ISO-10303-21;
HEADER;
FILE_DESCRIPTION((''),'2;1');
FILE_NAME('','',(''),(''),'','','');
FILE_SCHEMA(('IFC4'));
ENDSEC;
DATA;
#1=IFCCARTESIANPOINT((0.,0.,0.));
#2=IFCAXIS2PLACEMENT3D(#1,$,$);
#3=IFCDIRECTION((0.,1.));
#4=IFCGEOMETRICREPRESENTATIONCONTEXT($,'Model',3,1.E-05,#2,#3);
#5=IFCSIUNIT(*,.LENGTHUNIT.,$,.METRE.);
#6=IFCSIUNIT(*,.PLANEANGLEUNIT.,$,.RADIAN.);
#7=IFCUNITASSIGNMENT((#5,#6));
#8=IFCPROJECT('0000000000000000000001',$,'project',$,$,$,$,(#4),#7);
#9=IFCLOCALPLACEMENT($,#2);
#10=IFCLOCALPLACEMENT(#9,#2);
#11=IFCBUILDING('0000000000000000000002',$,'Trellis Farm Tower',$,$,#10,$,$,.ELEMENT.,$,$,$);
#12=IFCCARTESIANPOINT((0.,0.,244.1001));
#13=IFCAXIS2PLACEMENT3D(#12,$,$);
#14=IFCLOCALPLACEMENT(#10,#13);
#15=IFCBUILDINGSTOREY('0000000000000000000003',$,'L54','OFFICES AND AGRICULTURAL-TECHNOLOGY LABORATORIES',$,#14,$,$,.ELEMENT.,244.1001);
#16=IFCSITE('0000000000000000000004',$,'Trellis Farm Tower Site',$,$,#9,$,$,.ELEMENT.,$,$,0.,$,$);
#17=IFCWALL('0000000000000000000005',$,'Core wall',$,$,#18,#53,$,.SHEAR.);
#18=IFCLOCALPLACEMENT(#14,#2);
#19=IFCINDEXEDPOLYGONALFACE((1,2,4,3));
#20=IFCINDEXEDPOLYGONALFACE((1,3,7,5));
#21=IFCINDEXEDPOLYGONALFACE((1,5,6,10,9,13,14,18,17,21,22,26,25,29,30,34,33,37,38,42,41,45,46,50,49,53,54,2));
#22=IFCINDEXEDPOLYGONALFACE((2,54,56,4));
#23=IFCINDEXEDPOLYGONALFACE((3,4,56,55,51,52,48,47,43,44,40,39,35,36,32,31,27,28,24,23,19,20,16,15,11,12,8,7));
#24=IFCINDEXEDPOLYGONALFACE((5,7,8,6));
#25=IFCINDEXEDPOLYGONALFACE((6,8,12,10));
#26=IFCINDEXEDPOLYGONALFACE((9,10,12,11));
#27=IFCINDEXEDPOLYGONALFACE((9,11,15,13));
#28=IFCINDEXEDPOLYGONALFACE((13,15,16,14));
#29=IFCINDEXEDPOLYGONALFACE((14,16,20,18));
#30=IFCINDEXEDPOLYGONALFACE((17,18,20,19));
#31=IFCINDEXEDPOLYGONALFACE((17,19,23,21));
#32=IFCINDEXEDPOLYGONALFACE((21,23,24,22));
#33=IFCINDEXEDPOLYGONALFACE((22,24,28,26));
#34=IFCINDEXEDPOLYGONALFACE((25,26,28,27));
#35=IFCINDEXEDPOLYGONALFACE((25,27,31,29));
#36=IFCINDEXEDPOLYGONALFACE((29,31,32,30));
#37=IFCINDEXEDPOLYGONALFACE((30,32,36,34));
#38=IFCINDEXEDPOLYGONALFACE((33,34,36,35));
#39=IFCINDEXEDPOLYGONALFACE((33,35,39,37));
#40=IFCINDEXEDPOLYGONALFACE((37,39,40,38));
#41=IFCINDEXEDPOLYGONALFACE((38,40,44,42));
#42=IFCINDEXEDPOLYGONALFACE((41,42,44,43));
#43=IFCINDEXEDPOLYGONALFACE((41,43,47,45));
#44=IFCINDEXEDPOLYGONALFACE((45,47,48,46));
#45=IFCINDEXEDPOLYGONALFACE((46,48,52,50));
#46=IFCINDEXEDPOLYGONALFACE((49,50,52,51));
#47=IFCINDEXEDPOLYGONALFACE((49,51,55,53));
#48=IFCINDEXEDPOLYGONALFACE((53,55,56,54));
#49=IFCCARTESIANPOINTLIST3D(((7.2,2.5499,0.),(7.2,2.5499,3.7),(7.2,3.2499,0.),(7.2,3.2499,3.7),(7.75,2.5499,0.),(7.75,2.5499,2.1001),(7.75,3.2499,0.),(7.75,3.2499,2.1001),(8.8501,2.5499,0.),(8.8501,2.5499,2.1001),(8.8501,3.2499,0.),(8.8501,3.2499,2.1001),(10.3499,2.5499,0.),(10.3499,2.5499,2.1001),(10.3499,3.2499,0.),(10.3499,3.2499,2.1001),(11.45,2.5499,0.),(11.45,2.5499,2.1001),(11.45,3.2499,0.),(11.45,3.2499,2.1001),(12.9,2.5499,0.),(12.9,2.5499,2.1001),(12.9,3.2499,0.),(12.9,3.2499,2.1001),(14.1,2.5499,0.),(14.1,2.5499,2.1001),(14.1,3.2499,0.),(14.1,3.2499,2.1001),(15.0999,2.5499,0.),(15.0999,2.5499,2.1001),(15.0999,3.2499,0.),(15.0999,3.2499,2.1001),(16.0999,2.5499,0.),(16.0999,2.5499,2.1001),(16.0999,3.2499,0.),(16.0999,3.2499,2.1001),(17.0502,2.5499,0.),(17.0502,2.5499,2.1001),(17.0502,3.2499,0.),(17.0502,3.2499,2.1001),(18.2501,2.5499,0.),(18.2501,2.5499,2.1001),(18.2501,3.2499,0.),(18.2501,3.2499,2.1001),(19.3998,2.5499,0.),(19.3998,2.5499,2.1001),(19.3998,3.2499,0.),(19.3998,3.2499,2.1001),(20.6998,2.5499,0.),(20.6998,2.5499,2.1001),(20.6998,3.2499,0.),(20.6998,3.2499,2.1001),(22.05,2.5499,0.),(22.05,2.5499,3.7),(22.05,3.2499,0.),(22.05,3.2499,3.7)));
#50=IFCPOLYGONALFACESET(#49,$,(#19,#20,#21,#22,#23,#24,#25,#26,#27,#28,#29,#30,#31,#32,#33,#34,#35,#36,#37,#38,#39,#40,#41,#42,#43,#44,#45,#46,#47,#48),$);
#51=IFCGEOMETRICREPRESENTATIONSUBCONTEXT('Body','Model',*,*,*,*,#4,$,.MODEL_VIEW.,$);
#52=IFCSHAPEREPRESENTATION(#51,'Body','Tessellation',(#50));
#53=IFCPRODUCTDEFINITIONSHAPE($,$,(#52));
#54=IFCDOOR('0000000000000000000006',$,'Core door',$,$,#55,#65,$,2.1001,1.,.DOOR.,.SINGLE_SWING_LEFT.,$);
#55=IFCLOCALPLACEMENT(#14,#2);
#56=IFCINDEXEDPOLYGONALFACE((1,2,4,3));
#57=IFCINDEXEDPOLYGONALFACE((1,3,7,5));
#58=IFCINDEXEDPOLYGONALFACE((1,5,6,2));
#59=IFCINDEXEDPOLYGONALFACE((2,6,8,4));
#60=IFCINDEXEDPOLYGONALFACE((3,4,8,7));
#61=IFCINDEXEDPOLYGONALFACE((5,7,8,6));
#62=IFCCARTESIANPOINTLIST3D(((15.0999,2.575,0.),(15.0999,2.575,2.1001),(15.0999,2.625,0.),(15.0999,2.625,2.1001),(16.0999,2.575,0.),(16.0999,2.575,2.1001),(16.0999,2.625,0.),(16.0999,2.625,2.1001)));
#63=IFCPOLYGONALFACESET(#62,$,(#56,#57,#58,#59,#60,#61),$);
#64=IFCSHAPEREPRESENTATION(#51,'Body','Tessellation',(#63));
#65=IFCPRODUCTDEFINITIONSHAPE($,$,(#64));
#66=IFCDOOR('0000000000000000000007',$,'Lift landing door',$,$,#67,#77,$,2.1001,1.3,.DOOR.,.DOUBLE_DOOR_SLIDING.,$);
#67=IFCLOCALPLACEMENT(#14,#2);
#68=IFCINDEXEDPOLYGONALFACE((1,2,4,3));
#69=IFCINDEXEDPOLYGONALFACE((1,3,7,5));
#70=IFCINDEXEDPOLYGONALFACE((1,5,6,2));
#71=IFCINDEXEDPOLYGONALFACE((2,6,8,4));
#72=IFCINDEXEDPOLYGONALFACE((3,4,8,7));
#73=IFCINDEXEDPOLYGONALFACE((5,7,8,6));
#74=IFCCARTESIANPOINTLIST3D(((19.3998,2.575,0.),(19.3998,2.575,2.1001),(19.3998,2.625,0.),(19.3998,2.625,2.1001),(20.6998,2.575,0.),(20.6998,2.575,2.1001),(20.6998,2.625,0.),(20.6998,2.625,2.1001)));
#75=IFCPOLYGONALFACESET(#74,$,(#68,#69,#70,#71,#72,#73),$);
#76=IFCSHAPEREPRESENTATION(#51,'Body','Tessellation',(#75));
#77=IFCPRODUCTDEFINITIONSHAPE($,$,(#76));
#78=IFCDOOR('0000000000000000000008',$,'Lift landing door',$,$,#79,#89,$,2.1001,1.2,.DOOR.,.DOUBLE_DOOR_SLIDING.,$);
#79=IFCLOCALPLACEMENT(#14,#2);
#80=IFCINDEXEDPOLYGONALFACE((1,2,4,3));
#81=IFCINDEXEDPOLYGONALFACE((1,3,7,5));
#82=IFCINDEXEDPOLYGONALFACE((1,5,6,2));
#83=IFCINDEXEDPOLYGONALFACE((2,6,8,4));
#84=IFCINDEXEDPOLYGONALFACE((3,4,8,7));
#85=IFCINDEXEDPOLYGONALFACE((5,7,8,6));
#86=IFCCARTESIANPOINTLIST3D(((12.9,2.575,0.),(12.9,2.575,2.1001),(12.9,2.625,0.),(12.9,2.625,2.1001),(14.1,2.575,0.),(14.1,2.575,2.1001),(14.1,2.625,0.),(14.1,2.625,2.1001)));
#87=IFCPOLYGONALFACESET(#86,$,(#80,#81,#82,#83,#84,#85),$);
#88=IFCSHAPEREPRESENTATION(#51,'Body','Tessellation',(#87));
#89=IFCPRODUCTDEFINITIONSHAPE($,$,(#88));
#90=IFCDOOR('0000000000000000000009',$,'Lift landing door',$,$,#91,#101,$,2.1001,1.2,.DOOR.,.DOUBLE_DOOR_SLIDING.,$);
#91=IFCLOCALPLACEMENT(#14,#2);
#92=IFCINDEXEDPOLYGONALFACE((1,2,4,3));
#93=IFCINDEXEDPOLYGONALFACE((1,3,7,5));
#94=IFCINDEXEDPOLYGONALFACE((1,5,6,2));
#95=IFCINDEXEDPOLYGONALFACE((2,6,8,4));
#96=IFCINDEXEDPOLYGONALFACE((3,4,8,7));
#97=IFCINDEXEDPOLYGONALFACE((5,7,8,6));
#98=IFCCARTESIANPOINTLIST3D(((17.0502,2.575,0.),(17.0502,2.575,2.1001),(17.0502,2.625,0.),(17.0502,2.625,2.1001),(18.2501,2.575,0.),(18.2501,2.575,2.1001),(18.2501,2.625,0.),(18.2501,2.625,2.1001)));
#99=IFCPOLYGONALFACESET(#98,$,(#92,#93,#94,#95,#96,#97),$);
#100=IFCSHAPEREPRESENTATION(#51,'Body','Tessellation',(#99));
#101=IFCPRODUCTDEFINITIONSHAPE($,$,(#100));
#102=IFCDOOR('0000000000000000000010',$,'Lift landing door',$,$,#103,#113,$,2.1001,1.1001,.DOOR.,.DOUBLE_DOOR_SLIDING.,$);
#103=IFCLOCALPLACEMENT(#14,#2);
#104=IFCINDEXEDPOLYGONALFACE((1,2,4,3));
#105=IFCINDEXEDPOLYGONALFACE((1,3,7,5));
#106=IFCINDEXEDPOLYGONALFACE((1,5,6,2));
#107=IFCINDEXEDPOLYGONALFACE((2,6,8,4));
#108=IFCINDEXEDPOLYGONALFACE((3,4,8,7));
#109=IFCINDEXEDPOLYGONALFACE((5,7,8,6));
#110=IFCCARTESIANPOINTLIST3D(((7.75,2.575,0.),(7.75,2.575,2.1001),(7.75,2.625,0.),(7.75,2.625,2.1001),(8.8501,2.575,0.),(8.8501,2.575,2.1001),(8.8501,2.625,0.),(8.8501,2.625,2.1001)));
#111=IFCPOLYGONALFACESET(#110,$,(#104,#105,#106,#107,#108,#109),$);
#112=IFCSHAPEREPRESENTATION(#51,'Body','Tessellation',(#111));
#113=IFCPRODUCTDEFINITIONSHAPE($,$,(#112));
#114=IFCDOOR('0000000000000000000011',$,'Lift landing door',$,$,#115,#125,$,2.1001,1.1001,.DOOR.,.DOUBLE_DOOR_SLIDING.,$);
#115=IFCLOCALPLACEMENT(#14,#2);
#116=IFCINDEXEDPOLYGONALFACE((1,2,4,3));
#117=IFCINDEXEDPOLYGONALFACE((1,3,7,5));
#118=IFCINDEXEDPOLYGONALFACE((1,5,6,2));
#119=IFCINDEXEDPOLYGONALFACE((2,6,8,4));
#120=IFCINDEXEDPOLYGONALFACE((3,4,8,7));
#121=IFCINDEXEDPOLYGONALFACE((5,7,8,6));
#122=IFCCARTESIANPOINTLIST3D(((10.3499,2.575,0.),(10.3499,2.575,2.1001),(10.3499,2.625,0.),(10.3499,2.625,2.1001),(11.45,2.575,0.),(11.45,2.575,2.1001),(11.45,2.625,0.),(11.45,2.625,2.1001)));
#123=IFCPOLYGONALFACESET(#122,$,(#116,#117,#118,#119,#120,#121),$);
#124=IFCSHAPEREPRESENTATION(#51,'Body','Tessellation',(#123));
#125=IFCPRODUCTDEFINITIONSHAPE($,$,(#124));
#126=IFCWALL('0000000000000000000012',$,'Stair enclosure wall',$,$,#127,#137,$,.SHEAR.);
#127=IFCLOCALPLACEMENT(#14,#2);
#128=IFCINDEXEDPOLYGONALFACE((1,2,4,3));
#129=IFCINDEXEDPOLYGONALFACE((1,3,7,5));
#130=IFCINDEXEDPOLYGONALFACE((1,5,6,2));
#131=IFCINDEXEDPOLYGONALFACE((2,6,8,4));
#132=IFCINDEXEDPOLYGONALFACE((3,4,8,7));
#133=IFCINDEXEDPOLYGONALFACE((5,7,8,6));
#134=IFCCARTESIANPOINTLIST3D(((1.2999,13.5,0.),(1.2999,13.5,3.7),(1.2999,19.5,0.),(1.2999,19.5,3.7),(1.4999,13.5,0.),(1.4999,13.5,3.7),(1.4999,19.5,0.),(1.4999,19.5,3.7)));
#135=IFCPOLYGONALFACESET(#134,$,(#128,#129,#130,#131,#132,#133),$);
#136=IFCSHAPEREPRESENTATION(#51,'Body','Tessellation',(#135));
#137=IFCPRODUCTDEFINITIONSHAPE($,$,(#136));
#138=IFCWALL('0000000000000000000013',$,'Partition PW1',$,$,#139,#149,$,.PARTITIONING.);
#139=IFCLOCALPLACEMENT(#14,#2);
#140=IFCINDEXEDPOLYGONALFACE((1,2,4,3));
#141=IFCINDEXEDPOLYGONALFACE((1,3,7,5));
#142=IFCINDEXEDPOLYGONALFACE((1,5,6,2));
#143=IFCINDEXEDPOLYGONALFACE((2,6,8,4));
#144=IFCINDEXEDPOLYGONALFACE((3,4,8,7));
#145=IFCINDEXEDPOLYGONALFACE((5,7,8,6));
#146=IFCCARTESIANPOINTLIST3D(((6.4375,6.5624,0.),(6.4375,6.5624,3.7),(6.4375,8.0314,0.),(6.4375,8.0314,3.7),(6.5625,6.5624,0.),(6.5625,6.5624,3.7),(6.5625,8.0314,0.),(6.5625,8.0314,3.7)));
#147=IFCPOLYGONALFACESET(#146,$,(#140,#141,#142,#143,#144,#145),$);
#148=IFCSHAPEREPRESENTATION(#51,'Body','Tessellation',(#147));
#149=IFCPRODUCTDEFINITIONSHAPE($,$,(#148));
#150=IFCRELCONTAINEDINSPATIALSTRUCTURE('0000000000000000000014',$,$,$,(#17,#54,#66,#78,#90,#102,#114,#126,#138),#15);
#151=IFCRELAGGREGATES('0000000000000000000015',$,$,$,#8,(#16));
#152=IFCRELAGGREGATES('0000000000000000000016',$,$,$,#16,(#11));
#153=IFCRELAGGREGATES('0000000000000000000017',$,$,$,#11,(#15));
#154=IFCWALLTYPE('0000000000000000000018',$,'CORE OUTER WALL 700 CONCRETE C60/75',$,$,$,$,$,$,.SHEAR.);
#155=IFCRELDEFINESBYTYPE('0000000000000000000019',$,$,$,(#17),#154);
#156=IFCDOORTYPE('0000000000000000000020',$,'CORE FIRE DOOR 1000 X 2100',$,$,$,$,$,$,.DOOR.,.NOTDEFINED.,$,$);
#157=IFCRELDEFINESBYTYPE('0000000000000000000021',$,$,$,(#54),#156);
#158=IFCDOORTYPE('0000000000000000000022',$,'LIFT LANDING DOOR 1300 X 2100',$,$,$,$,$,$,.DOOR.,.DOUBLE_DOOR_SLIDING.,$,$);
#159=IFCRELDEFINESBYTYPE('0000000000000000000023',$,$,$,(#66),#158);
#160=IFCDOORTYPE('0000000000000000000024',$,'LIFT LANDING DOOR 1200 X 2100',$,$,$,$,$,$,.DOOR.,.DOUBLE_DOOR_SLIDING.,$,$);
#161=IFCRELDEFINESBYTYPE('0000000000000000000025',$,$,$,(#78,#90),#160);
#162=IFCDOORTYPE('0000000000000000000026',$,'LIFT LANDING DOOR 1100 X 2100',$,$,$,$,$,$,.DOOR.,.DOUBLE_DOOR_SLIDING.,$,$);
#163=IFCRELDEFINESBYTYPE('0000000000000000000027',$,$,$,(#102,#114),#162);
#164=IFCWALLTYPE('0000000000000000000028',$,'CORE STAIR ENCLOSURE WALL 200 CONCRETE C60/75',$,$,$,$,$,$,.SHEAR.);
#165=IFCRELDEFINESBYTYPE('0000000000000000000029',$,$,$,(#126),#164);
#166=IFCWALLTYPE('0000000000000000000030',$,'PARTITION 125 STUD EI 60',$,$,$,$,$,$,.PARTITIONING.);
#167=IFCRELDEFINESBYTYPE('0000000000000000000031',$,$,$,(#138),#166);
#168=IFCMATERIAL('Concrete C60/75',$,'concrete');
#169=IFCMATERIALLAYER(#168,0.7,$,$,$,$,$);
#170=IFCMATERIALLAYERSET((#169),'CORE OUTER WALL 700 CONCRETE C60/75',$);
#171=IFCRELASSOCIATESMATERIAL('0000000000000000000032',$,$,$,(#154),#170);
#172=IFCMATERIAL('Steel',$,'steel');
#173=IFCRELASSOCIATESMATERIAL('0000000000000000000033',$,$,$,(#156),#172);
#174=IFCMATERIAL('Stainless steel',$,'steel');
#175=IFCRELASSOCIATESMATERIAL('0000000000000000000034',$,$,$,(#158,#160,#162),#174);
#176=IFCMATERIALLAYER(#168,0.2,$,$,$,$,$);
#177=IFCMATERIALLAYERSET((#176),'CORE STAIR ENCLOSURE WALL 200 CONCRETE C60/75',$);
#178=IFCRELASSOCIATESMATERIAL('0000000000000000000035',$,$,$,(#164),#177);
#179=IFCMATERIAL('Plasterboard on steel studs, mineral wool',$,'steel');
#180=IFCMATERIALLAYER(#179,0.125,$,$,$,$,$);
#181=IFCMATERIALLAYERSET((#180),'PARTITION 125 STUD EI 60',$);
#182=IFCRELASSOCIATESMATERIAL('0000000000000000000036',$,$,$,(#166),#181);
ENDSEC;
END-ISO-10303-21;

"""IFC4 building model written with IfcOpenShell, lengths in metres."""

from ifc_helpers import new_model, si_unit, direction, frame, frame_2d, origin, place, context, subcontext, project, spatial, rectangle, extrude, source, transform, mapped, material, layer, layer_set, type_object, element, fill, save


model = new_model("IFC4")

# Units and contexts
model_context = context("Model", 3, precision=1e-05, world=origin(), true_north=direction((0.0, 1.0)))
body_context = subcontext(model_context, "Body", "Model", "MODEL_VIEW")
ifc_project = project(units=[si_unit("LENGTHUNIT", "METRE"), si_unit("PLANEANGLEUNIT", "RADIAN")], contexts=[model_context])

# Site, building, storey
site_placement = place(None, origin())
site = spatial("IfcSite", under=ifc_project, at=site_placement, Name="Trellis Farm Tower Site", CompositionType="ELEMENT", RefElevation=0.0)
building_placement = place(site_placement, origin())
building = spatial("IfcBuilding", under=site, at=building_placement, Name="Trellis Farm Tower", CompositionType="ELEMENT")
storey_placement = place(building_placement, frame((0.0, 0.0, 244.1001)))
storey = spatial("IfcBuildingStorey", under=building, at=storey_placement, Name="L54", Description="OFFICES AND AGRICULTURAL-TECHNOLOGY LABORATORIES", CompositionType="ELEMENT", Elevation=244.1001)

# Shared definitions
ifc_material_1 = material(Name="Concrete C60/75", Category="concrete")

# Wall, openings, doors
ifc_layer_1 = layer(ifc_material_1, 0.7)
ifc_layer_set_1 = layer_set([ifc_layer_1], Name="CORE OUTER WALL 700 CONCRETE C60/75")
wall_type_1 = type_object("IfcWallType", Name="CORE OUTER WALL 700 CONCRETE C60/75", PredefinedType="SHEAR", material=ifc_layer_set_1)
shared_shape_1 = source(origin(), body_context, "Body", "SweptSolid", [
    extrude(rectangle(XDim=14.8501, YDim=0.7, at=frame_2d((7.425, 0.0))), origin(), (0.0, 0.0, 1.0), 3.7),
])
wall_1_placement = place(storey_placement, frame((7.2, 2.8999, 0.0), z_axis=(0.0, 0.0, 1.0), x_axis=(1.0, 0.0, 0.0)))
wall_1 = element("IfcWall", 1, at=wall_1_placement, inside=storey, type_object=wall_type_1, Name="Core wall", PredefinedType="SHEAR", context=body_context, shape_type="MappedRepresentation", body=[
    mapped(shared_shape_1, transform((0.0, 0.0, 0.0))),
])
shared_shape_2 = source(origin(), body_context, "Body", "SweptSolid", [
    extrude(rectangle(XDim=1.1001, YDim=2.1001, at=frame_2d((0.55, 1.05))), frame((0.0, 0.3601, 0.0), z_axis=(0.0, -1.0, 0.0), x_axis=(1.0, 0.0, 0.0)), (0.0, 0.0, 1.0), 0.7202),
])
opening_1_placement = place(wall_1_placement, frame((0.55, 0.0, 0.0)))
opening_1 = element("IfcOpeningElement", 2, at=opening_1_placement, cuts=wall_1, PredefinedType="OPENING", context=body_context, shape_type="MappedRepresentation", body=[
    mapped(shared_shape_2, transform((0.0, 0.0, 0.0))),
])
opening_2_placement = place(wall_1_placement, frame((3.1499, 0.0, 0.0)))
opening_2 = element("IfcOpeningElement", 3, at=opening_2_placement, cuts=wall_1, PredefinedType="OPENING", context=body_context, shape_type="MappedRepresentation", body=[
    mapped(shared_shape_2, transform((0.0, 0.0, 0.0))),
])
shared_shape_3 = source(origin(), body_context, "Body", "SweptSolid", [
    extrude(rectangle(XDim=1.2, YDim=2.1001, at=frame_2d((0.6001, 1.05))), frame((0.0, 0.3601, 0.0), z_axis=(0.0, -1.0, 0.0), x_axis=(1.0, 0.0, 0.0)), (0.0, 0.0, 1.0), 0.7202),
])
opening_3_placement = place(wall_1_placement, frame((5.7, 0.0, 0.0)))
opening_3 = element("IfcOpeningElement", 4, at=opening_3_placement, cuts=wall_1, PredefinedType="OPENING", context=body_context, shape_type="MappedRepresentation", body=[
    mapped(shared_shape_3, transform((0.0, 0.0, 0.0))),
])
shared_shape_4 = source(origin(), body_context, "Body", "SweptSolid", [
    extrude(rectangle(XDim=1.3, YDim=2.1001, at=frame_2d((0.6499, 1.05))), frame((0.0, 0.3601, 0.0), z_axis=(0.0, -1.0, 0.0), x_axis=(1.0, 0.0, 0.0)), (0.0, 0.0, 1.0), 0.7202),
])
opening_4_placement = place(wall_1_placement, frame((12.2, 0.0, 0.0)))
opening_4 = element("IfcOpeningElement", 5, at=opening_4_placement, cuts=wall_1, PredefinedType="OPENING", context=body_context, shape_type="MappedRepresentation", body=[
    mapped(shared_shape_4, transform((0.0, 0.0, 0.0))),
])
opening_5_placement = place(wall_1_placement, frame((9.8501, 0.0, 0.0)))
opening_5 = element("IfcOpeningElement", 6, at=opening_5_placement, cuts=wall_1, PredefinedType="OPENING", context=body_context, shape_type="MappedRepresentation", body=[
    mapped(shared_shape_3, transform((0.0, 0.0, 0.0))),
])
shared_shape_5 = source(origin(), body_context, "Body", "SweptSolid", [
    extrude(rectangle(XDim=1.0, YDim=2.1001, at=frame_2d((0.5, 1.05))), frame((0.0, 0.3601, 0.0), z_axis=(0.0, -1.0, 0.0), x_axis=(1.0, 0.0, 0.0)), (0.0, 0.0, 1.0), 0.7202),
])
opening_6_placement = place(wall_1_placement, frame((7.8999, 0.0, 0.0)))
opening_6 = element("IfcOpeningElement", 7, at=opening_6_placement, cuts=wall_1, PredefinedType="OPENING", context=body_context, shape_type="MappedRepresentation", body=[
    mapped(shared_shape_5, transform((0.0, 0.0, 0.0))),
])
ifc_material_2 = material(Name="Steel", Category="steel")
door_type_1 = type_object("IfcDoorType", Name="CORE FIRE DOOR 1000 X 2100", OperationType="NOTDEFINED", PredefinedType="DOOR", material=ifc_material_2)
shared_shape_6 = source(origin(), body_context, "Body", "SweptSolid", [
    extrude(rectangle(XDim=1.0, YDim=2.1001, at=frame_2d((0.5, 1.05))), frame((0.0, -0.2749, 0.0), z_axis=(0.0, -1.0, 0.0), x_axis=(1.0, 0.0, 0.0)), (0.0, 0.0, 1.0), 0.05),
])
door_1_placement = place(opening_6_placement, origin())
door_1 = element("IfcDoor", 8, at=door_1_placement, inside=storey, type_object=door_type_1, Name="Core door", OperationType="SINGLE_SWING_LEFT", OverallHeight=2.1001, OverallWidth=1.0, PredefinedType="DOOR", context=body_context, shape_type="MappedRepresentation", body=[
    mapped(shared_shape_6, transform((0.0, 0.0, 0.0))),
])
fill(opening_6, door_1)
ifc_material_3 = material(Name="Stainless steel", Category="steel")
door_type_2 = type_object("IfcDoorType", Name="LIFT LANDING DOOR 1300 X 2100", OperationType="DOUBLE_DOOR_SLIDING", PredefinedType="DOOR", material=ifc_material_3)
shared_shape_7 = source(origin(), body_context, "Body", "SweptSolid", [
    extrude(rectangle(XDim=1.3, YDim=2.1001, at=frame_2d((0.6499, 1.05))), frame((0.0, -0.2749, 0.0), z_axis=(0.0, -1.0, 0.0), x_axis=(1.0, 0.0, 0.0)), (0.0, 0.0, 1.0), 0.05),
])
door_2_placement = place(opening_4_placement, origin())
door_2 = element("IfcDoor", 9, at=door_2_placement, inside=storey, type_object=door_type_2, Name="Lift landing door", OperationType="DOUBLE_DOOR_SLIDING", OverallHeight=2.1001, OverallWidth=1.3, PredefinedType="DOOR", context=body_context, shape_type="MappedRepresentation", body=[
    mapped(shared_shape_7, transform((0.0, 0.0, 0.0))),
])
fill(opening_4, door_2)
door_type_3 = type_object("IfcDoorType", Name="LIFT LANDING DOOR 1200 X 2100", OperationType="DOUBLE_DOOR_SLIDING", PredefinedType="DOOR", material=ifc_material_3)
shared_shape_8 = source(origin(), body_context, "Body", "SweptSolid", [
    extrude(rectangle(XDim=1.2, YDim=2.1001, at=frame_2d((0.6001, 1.05))), frame((0.0, -0.2749, 0.0), z_axis=(0.0, -1.0, 0.0), x_axis=(1.0, 0.0, 0.0)), (0.0, 0.0, 1.0), 0.05),
])
door_3_placement = place(opening_3_placement, origin())
door_3 = element("IfcDoor", 10, at=door_3_placement, inside=storey, type_object=door_type_3, Name="Lift landing door", OperationType="DOUBLE_DOOR_SLIDING", OverallHeight=2.1001, OverallWidth=1.2, PredefinedType="DOOR", context=body_context, shape_type="MappedRepresentation", body=[
    mapped(shared_shape_8, transform((0.0, 0.0, 0.0))),
])
fill(opening_3, door_3)
door_4_placement = place(opening_5_placement, origin())
door_4 = element("IfcDoor", 11, at=door_4_placement, inside=storey, type_object=door_type_3, Name="Lift landing door", OperationType="DOUBLE_DOOR_SLIDING", OverallHeight=2.1001, OverallWidth=1.2, PredefinedType="DOOR", context=body_context, shape_type="MappedRepresentation", body=[
    mapped(shared_shape_8, transform((0.0, 0.0, 0.0))),
])
fill(opening_5, door_4)
door_type_4 = type_object("IfcDoorType", Name="LIFT LANDING DOOR 1100 X 2100", OperationType="DOUBLE_DOOR_SLIDING", PredefinedType="DOOR", material=ifc_material_3)
shared_shape_9 = source(origin(), body_context, "Body", "SweptSolid", [
    extrude(rectangle(XDim=1.1001, YDim=2.1001, at=frame_2d((0.55, 1.05))), frame((0.0, -0.2749, 0.0), z_axis=(0.0, -1.0, 0.0), x_axis=(1.0, 0.0, 0.0)), (0.0, 0.0, 1.0), 0.05),
])
door_5_placement = place(opening_1_placement, origin())
door_5 = element("IfcDoor", 12, at=door_5_placement, inside=storey, type_object=door_type_4, Name="Lift landing door", OperationType="DOUBLE_DOOR_SLIDING", OverallHeight=2.1001, OverallWidth=1.1001, PredefinedType="DOOR", context=body_context, shape_type="MappedRepresentation", body=[
    mapped(shared_shape_9, transform((0.0, 0.0, 0.0))),
])
fill(opening_1, door_5)
door_6_placement = place(opening_2_placement, origin())
door_6 = element("IfcDoor", 13, at=door_6_placement, inside=storey, type_object=door_type_4, Name="Lift landing door", OperationType="DOUBLE_DOOR_SLIDING", OverallHeight=2.1001, OverallWidth=1.1001, PredefinedType="DOOR", context=body_context, shape_type="MappedRepresentation", body=[
    mapped(shared_shape_9, transform((0.0, 0.0, 0.0))),
])
fill(opening_2, door_6)

# Walls
ifc_layer_2 = layer(ifc_material_1, 0.2)
ifc_layer_set_2 = layer_set([ifc_layer_2], Name="CORE STAIR ENCLOSURE WALL 200 CONCRETE C60/75")
wall_type_2 = type_object("IfcWallType", Name="CORE STAIR ENCLOSURE WALL 200 CONCRETE C60/75", PredefinedType="SHEAR", material=ifc_layer_set_2)
shared_shape_10 = source(origin(), body_context, "Body", "SweptSolid", [
    extrude(rectangle(XDim=6.0, YDim=0.2, at=frame_2d((3.0, 0.0))), origin(), (0.0, 0.0, 1.0), 3.7),
])
wall_2_placement = place(storey_placement, frame((1.3999, 13.5, 0.0), z_axis=(0.0, 0.0, 1.0), x_axis=(0.0, 1.0, 0.0)))
element("IfcWall", 14, at=wall_2_placement, inside=storey, type_object=wall_type_2, Name="Stair enclosure wall", PredefinedType="SHEAR", context=body_context, shape_type="MappedRepresentation", body=[
    mapped(shared_shape_10, transform((0.0, 0.0, 0.0))),
])
ifc_material_4 = material(Name="Plasterboard on steel studs, mineral wool", Category="steel")
ifc_layer_3 = layer(ifc_material_4, 0.125)
ifc_layer_set_3 = layer_set([ifc_layer_3], Name="PARTITION 125 STUD EI 60")
wall_type_3 = type_object("IfcWallType", Name="PARTITION 125 STUD EI 60", PredefinedType="PARTITIONING", material=ifc_layer_set_3)
shared_shape_11 = source(origin(), body_context, "Body", "SweptSolid", [
    extrude(rectangle(XDim=1.469, YDim=0.125, at=frame_2d((0.7344, 0.0))), origin(), (0.0, 0.0, 1.0), 3.7),
])
wall_3_placement = place(storey_placement, frame((6.5, 6.5625, 0.0), z_axis=(0.0, 0.0, 1.0), x_axis=(0.0, 1.0, 0.0)))
element("IfcWall", 15, at=wall_3_placement, inside=storey, type_object=wall_type_3, Name="Partition PW1", PredefinedType="PARTITIONING", context=body_context, shape_type="MappedRepresentation", body=[
    mapped(shared_shape_11, transform((0.0, 0.0, 0.0))),
])

save(model, "model.ifc")
